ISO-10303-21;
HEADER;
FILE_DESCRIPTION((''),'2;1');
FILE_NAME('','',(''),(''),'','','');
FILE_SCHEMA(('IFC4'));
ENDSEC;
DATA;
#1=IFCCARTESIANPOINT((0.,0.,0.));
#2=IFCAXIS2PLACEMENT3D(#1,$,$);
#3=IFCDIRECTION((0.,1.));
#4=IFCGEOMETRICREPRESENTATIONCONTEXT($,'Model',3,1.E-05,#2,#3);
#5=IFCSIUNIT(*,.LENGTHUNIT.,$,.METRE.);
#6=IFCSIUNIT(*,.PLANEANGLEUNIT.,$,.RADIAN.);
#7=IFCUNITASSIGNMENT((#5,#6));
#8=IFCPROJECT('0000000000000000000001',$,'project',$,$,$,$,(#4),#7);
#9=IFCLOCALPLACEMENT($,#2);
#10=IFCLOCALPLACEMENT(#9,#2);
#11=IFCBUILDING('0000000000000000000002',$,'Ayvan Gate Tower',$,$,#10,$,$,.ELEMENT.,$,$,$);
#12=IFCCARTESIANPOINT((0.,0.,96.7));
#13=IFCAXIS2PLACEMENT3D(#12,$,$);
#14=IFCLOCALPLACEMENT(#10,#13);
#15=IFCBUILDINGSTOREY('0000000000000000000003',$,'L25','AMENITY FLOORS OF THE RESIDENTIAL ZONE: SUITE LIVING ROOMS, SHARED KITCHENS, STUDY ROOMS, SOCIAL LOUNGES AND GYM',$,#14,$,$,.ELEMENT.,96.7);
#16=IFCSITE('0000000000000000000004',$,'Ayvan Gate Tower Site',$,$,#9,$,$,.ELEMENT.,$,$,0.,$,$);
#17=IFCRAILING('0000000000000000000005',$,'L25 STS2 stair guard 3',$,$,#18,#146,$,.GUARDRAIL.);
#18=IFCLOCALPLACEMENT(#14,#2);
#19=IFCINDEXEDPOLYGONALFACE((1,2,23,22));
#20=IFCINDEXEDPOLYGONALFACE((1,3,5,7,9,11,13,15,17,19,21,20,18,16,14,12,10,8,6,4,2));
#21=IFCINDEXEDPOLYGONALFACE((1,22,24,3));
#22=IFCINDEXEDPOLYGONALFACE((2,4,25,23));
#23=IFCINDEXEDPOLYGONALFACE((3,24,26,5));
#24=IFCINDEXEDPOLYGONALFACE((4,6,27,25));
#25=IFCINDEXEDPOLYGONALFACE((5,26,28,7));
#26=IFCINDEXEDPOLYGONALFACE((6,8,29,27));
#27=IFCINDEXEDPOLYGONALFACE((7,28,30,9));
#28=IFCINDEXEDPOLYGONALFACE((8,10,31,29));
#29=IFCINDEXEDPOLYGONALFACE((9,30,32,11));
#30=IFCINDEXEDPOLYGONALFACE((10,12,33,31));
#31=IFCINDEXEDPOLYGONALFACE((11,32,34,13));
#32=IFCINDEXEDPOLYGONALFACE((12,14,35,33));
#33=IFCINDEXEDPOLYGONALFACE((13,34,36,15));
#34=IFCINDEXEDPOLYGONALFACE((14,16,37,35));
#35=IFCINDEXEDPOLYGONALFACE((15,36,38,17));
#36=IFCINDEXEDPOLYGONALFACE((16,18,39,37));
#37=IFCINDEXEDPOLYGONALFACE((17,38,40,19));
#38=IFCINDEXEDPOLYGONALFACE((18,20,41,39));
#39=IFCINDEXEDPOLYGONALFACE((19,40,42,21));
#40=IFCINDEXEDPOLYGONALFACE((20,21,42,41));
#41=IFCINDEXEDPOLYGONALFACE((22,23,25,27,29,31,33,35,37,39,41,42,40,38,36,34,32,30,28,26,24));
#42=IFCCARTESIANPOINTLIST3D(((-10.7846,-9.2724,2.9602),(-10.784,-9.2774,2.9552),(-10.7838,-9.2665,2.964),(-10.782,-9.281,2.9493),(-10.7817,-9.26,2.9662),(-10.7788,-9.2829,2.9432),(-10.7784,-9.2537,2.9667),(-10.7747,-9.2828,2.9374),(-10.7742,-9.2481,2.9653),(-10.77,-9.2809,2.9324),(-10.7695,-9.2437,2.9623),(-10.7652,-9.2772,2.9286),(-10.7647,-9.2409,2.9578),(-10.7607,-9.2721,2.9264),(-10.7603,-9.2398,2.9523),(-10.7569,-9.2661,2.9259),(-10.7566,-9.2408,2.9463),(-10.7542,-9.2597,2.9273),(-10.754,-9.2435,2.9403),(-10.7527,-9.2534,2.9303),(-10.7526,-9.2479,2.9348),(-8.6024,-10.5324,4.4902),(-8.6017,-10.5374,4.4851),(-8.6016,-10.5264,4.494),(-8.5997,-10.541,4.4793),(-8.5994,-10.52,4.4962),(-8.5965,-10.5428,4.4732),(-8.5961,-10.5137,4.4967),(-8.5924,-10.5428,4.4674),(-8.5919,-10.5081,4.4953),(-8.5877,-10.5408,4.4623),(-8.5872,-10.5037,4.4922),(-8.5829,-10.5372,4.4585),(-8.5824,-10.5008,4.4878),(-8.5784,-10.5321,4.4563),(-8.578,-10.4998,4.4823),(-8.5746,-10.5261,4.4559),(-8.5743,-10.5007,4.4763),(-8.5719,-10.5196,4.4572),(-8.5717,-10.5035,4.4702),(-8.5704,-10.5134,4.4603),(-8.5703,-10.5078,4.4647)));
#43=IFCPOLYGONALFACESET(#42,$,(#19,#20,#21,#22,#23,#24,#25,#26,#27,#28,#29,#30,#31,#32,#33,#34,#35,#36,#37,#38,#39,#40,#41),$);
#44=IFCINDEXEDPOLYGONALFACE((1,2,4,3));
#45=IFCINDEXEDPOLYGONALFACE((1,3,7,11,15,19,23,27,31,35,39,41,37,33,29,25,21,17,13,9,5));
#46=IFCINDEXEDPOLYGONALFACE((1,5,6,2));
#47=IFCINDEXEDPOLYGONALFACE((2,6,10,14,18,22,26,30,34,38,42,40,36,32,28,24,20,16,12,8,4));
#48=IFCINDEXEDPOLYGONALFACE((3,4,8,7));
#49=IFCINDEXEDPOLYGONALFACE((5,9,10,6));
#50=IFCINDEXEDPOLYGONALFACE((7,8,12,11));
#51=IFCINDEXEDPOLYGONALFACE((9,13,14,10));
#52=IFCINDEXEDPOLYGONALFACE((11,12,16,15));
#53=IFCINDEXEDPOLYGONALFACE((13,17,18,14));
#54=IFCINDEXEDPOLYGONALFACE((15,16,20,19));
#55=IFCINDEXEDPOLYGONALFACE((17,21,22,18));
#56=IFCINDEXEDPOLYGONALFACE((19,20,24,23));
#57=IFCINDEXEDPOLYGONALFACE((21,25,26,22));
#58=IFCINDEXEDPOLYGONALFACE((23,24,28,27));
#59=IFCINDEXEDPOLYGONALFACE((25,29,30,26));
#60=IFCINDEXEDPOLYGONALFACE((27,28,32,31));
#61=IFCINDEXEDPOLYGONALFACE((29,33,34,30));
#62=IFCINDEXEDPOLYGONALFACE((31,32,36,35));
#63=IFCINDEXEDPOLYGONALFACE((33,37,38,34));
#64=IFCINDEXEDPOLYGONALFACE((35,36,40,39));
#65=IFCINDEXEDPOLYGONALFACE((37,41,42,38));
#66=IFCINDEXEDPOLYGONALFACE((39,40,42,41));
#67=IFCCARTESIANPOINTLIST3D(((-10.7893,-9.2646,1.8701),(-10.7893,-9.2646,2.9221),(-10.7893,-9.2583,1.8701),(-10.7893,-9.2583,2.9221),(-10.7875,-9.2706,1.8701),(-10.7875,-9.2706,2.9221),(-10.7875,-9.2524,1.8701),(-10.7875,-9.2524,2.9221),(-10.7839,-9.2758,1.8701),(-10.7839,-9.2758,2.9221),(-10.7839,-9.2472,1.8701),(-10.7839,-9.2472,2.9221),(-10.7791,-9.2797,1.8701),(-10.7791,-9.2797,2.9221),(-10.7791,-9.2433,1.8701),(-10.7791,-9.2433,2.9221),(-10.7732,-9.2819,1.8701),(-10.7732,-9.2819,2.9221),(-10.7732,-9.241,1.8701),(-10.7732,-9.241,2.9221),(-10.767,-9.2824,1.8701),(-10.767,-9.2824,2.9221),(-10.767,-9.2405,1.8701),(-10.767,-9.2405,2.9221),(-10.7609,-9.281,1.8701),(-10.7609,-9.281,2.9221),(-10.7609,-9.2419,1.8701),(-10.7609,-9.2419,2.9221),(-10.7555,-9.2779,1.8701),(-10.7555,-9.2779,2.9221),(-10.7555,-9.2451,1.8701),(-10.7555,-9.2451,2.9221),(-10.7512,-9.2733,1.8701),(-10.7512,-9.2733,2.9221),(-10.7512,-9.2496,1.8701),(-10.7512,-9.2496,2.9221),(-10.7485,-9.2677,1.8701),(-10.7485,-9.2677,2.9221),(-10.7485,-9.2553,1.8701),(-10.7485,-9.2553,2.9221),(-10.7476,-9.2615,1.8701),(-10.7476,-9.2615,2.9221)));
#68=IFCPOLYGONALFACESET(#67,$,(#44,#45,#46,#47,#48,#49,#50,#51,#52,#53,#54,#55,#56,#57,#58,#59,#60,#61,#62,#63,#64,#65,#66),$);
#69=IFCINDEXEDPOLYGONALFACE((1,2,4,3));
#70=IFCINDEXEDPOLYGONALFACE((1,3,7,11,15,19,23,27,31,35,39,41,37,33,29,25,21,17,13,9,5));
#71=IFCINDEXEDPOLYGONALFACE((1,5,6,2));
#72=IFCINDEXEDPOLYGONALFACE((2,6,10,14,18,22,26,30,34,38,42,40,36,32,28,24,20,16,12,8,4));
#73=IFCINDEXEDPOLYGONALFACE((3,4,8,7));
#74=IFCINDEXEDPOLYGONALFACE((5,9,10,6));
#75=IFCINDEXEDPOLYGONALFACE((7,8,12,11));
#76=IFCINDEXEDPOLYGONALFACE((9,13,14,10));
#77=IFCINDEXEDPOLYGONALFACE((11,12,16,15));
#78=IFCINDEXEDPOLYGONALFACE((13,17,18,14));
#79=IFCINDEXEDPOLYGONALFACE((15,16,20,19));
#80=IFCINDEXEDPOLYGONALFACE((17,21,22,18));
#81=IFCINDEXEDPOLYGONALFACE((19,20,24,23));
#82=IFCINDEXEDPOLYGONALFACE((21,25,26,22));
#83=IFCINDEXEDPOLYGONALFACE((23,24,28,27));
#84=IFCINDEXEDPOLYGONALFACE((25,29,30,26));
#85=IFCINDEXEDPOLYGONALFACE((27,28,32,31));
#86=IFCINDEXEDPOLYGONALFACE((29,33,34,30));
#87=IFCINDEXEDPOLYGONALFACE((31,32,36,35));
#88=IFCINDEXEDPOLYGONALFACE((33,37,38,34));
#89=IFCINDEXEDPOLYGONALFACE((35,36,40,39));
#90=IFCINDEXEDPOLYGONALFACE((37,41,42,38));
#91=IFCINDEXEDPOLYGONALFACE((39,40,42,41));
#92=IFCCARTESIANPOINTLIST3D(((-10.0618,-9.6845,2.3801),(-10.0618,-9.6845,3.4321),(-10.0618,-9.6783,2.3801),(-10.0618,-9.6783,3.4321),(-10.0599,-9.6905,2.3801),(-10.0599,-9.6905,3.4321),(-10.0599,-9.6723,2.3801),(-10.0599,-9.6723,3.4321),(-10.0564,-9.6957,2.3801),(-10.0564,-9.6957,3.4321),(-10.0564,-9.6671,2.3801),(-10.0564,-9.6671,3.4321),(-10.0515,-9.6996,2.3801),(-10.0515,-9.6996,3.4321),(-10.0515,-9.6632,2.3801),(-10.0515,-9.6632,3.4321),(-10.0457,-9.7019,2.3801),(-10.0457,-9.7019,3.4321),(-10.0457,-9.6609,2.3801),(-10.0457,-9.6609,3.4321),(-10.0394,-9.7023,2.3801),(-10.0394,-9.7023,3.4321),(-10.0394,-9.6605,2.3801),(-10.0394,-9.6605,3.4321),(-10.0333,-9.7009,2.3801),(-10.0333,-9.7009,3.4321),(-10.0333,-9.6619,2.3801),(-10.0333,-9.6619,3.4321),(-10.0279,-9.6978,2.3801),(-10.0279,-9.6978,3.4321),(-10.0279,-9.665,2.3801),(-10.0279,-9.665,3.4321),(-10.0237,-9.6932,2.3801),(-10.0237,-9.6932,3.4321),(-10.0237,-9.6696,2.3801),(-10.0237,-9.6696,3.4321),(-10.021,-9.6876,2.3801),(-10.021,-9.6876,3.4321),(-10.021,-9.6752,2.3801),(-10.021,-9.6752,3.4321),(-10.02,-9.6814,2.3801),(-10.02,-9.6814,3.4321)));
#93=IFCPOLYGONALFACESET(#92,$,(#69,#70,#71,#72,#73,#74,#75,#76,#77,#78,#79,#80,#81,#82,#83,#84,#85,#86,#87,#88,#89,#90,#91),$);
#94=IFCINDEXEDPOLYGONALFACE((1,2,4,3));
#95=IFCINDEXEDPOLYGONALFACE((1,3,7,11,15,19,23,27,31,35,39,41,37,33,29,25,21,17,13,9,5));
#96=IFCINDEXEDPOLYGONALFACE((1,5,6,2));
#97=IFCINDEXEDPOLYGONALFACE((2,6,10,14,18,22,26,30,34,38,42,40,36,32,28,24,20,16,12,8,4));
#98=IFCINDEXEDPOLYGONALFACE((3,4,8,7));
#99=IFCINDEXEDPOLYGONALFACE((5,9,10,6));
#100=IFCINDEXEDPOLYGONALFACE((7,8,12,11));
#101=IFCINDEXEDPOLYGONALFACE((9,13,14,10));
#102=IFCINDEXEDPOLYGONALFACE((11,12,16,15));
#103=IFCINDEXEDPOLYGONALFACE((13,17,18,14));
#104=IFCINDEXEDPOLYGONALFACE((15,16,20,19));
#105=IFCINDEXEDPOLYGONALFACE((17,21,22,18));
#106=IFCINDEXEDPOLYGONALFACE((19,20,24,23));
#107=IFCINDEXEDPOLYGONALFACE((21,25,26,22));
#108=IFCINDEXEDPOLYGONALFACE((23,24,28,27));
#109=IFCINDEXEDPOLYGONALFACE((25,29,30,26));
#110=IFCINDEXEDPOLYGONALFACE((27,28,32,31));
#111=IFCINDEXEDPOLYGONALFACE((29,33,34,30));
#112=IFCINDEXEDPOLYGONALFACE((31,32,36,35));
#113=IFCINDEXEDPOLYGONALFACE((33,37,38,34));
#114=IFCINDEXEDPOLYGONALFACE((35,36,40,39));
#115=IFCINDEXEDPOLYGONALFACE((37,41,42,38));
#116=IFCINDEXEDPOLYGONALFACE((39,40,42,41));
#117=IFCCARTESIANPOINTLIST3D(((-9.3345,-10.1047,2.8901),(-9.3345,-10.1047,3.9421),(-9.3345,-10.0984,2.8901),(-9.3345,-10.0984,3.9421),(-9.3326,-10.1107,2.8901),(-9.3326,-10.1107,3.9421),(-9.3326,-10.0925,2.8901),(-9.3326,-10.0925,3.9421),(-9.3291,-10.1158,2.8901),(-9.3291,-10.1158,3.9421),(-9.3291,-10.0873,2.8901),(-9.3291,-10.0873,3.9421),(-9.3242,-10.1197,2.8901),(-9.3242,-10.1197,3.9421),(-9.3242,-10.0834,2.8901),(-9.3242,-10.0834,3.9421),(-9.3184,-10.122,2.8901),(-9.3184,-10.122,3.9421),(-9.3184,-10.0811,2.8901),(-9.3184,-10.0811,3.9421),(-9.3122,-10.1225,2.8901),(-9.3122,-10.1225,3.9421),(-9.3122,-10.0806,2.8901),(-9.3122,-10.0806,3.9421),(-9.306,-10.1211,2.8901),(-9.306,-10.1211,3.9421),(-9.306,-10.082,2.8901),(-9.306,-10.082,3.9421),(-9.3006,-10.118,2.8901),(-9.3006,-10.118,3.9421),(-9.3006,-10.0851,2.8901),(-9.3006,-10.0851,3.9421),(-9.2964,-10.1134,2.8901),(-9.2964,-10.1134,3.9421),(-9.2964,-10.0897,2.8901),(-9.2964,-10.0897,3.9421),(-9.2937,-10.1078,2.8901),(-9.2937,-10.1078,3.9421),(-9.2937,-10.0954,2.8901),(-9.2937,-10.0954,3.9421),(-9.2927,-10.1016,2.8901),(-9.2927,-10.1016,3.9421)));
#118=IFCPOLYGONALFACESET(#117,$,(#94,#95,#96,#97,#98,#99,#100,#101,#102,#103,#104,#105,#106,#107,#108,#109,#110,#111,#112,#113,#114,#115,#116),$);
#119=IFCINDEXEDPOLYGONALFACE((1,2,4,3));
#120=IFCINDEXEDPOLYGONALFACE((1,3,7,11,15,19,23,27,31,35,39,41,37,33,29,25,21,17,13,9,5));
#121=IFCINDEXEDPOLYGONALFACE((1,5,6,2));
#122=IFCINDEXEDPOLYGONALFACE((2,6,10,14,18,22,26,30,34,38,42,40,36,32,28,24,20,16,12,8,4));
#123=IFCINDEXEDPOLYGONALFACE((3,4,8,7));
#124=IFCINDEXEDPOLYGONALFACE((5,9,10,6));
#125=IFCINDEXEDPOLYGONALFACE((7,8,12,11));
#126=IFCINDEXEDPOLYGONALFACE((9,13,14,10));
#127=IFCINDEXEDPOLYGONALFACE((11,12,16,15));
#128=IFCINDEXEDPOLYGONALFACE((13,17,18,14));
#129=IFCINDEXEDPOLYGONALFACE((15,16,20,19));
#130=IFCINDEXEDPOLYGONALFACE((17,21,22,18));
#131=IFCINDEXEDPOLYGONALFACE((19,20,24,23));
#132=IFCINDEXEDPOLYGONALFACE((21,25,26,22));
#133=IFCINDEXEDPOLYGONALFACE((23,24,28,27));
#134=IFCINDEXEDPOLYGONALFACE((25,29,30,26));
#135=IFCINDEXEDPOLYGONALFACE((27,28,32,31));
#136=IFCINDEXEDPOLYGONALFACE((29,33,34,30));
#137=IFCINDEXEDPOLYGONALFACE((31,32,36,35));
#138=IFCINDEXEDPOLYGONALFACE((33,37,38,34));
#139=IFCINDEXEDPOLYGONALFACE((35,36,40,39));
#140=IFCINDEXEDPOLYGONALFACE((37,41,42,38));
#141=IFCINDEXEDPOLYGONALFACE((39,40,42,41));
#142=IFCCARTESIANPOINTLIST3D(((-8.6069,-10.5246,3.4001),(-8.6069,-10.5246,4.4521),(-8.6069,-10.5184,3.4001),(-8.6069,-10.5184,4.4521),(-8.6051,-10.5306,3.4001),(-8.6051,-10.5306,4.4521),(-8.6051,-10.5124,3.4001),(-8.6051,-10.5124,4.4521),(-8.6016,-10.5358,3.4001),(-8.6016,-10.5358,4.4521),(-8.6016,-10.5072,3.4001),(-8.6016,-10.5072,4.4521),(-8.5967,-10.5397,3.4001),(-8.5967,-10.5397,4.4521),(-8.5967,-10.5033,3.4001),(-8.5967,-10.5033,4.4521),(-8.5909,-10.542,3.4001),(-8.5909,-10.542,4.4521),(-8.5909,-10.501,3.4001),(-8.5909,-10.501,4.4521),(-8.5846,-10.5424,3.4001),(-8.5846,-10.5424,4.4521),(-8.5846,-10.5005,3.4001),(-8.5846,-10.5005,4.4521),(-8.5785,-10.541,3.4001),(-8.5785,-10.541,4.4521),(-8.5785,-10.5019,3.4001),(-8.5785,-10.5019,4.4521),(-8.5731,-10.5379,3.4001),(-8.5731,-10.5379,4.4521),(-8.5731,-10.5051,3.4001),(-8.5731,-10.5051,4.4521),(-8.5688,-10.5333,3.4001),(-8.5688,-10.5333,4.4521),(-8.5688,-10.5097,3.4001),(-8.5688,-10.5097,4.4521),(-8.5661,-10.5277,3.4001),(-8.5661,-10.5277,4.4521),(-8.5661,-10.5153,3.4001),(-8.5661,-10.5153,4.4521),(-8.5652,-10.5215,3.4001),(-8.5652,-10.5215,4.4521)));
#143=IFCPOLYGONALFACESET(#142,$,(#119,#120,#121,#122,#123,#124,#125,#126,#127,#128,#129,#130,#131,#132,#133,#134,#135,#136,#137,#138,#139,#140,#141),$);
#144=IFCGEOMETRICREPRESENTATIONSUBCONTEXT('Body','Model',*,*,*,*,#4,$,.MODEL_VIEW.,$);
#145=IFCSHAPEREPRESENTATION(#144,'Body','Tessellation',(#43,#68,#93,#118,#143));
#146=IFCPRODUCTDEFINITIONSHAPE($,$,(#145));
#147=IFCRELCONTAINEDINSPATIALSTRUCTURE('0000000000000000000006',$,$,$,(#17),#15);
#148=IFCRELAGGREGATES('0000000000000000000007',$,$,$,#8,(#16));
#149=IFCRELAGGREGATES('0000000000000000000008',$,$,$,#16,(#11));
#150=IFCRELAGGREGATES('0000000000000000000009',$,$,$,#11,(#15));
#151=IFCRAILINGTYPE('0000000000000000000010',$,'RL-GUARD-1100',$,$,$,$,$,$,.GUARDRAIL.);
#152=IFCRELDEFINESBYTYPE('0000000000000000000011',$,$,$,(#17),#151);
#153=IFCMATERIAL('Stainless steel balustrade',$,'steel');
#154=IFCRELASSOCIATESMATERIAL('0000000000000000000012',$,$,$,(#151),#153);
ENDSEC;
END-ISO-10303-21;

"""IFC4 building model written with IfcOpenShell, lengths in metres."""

from ifc_helpers import new_model, si_unit, direction, frame, origin, origin_2d, place, context, subcontext, project, spatial, circle, extrude, material, type_object, element, save


model = new_model("IFC4")

# Units and contexts
model_context = context("Model", 3, precision=1e-05, world=origin(), true_north=direction((0.0, 1.0)))
body_context = subcontext(model_context, "Body", "Model", "MODEL_VIEW")
ifc_project = project(units=[si_unit("LENGTHUNIT", "METRE"), si_unit("PLANEANGLEUNIT", "RADIAN")], contexts=[model_context])

# Site, building, storey
site_placement = place(None, origin())
site = spatial("IfcSite", under=ifc_project, at=site_placement, Name="Ayvan Gate Tower Site", CompositionType="ELEMENT", RefElevation=0.0)
building_placement = place(site_placement, origin())
building = spatial("IfcBuilding", under=site, at=building_placement, Name="Ayvan Gate Tower", CompositionType="ELEMENT")
storey_placement = place(building_placement, frame((0.0, 0.0, 96.7)))
storey = spatial("IfcBuildingStorey", under=building, at=storey_placement, Name="L25", Description="AMENITY FLOORS OF THE RESIDENTIAL ZONE: SUITE LIVING ROOMS, SHARED KITCHENS, STUDY ROOMS, SOCIAL LOUNGES AND GYM", CompositionType="ELEMENT", Elevation=96.7)

# Railing
ifc_material_1 = material(Name="Stainless steel balustrade", Category="steel")
railing_type_1 = type_object("IfcRailingType", Name="RL-GUARD-1100", PredefinedType="GUARDRAIL", material=ifc_material_1)
railing_1_placement = place(storey_placement, frame((-10.7686, -9.2615, 1.8701)))
element("IfcRailing", 1, at=railing_1_placement, inside=storey, type_object=railing_type_1, Name="L25 STS2 stair guard 3", PredefinedType="GUARDRAIL", context=body_context, shape_type="SweptSolid", body=[
    extrude(circle(Radius=0.0239, at=origin_2d()), frame((0.0, 0.0, 1.0762), z_axis=(0.740261, -0.427395, 0.518986), x_axis=(0.500005, 0.866023, 0.0)), (0.0, 0.0, 1.0), 2.948),
    extrude(circle(Radius=0.021, at=origin_2d()), origin(), (0.0, 0.0, 1.0), 1.052),
    extrude(circle(Radius=0.021, at=origin_2d()), frame((0.7275, -0.4199, 0.51)), (0.0, 0.0, 1.0), 1.052),
    extrude(circle(Radius=0.021, at=origin_2d()), frame((1.4548, -0.8401, 1.02)), (0.0, 0.0, 1.0), 1.052),
    extrude(circle(Radius=0.021, at=origin_2d()), frame((2.1824, -1.26, 1.53)), (0.0, 0.0, 1.0), 1.052),
])

save(model, "model.ifc")
